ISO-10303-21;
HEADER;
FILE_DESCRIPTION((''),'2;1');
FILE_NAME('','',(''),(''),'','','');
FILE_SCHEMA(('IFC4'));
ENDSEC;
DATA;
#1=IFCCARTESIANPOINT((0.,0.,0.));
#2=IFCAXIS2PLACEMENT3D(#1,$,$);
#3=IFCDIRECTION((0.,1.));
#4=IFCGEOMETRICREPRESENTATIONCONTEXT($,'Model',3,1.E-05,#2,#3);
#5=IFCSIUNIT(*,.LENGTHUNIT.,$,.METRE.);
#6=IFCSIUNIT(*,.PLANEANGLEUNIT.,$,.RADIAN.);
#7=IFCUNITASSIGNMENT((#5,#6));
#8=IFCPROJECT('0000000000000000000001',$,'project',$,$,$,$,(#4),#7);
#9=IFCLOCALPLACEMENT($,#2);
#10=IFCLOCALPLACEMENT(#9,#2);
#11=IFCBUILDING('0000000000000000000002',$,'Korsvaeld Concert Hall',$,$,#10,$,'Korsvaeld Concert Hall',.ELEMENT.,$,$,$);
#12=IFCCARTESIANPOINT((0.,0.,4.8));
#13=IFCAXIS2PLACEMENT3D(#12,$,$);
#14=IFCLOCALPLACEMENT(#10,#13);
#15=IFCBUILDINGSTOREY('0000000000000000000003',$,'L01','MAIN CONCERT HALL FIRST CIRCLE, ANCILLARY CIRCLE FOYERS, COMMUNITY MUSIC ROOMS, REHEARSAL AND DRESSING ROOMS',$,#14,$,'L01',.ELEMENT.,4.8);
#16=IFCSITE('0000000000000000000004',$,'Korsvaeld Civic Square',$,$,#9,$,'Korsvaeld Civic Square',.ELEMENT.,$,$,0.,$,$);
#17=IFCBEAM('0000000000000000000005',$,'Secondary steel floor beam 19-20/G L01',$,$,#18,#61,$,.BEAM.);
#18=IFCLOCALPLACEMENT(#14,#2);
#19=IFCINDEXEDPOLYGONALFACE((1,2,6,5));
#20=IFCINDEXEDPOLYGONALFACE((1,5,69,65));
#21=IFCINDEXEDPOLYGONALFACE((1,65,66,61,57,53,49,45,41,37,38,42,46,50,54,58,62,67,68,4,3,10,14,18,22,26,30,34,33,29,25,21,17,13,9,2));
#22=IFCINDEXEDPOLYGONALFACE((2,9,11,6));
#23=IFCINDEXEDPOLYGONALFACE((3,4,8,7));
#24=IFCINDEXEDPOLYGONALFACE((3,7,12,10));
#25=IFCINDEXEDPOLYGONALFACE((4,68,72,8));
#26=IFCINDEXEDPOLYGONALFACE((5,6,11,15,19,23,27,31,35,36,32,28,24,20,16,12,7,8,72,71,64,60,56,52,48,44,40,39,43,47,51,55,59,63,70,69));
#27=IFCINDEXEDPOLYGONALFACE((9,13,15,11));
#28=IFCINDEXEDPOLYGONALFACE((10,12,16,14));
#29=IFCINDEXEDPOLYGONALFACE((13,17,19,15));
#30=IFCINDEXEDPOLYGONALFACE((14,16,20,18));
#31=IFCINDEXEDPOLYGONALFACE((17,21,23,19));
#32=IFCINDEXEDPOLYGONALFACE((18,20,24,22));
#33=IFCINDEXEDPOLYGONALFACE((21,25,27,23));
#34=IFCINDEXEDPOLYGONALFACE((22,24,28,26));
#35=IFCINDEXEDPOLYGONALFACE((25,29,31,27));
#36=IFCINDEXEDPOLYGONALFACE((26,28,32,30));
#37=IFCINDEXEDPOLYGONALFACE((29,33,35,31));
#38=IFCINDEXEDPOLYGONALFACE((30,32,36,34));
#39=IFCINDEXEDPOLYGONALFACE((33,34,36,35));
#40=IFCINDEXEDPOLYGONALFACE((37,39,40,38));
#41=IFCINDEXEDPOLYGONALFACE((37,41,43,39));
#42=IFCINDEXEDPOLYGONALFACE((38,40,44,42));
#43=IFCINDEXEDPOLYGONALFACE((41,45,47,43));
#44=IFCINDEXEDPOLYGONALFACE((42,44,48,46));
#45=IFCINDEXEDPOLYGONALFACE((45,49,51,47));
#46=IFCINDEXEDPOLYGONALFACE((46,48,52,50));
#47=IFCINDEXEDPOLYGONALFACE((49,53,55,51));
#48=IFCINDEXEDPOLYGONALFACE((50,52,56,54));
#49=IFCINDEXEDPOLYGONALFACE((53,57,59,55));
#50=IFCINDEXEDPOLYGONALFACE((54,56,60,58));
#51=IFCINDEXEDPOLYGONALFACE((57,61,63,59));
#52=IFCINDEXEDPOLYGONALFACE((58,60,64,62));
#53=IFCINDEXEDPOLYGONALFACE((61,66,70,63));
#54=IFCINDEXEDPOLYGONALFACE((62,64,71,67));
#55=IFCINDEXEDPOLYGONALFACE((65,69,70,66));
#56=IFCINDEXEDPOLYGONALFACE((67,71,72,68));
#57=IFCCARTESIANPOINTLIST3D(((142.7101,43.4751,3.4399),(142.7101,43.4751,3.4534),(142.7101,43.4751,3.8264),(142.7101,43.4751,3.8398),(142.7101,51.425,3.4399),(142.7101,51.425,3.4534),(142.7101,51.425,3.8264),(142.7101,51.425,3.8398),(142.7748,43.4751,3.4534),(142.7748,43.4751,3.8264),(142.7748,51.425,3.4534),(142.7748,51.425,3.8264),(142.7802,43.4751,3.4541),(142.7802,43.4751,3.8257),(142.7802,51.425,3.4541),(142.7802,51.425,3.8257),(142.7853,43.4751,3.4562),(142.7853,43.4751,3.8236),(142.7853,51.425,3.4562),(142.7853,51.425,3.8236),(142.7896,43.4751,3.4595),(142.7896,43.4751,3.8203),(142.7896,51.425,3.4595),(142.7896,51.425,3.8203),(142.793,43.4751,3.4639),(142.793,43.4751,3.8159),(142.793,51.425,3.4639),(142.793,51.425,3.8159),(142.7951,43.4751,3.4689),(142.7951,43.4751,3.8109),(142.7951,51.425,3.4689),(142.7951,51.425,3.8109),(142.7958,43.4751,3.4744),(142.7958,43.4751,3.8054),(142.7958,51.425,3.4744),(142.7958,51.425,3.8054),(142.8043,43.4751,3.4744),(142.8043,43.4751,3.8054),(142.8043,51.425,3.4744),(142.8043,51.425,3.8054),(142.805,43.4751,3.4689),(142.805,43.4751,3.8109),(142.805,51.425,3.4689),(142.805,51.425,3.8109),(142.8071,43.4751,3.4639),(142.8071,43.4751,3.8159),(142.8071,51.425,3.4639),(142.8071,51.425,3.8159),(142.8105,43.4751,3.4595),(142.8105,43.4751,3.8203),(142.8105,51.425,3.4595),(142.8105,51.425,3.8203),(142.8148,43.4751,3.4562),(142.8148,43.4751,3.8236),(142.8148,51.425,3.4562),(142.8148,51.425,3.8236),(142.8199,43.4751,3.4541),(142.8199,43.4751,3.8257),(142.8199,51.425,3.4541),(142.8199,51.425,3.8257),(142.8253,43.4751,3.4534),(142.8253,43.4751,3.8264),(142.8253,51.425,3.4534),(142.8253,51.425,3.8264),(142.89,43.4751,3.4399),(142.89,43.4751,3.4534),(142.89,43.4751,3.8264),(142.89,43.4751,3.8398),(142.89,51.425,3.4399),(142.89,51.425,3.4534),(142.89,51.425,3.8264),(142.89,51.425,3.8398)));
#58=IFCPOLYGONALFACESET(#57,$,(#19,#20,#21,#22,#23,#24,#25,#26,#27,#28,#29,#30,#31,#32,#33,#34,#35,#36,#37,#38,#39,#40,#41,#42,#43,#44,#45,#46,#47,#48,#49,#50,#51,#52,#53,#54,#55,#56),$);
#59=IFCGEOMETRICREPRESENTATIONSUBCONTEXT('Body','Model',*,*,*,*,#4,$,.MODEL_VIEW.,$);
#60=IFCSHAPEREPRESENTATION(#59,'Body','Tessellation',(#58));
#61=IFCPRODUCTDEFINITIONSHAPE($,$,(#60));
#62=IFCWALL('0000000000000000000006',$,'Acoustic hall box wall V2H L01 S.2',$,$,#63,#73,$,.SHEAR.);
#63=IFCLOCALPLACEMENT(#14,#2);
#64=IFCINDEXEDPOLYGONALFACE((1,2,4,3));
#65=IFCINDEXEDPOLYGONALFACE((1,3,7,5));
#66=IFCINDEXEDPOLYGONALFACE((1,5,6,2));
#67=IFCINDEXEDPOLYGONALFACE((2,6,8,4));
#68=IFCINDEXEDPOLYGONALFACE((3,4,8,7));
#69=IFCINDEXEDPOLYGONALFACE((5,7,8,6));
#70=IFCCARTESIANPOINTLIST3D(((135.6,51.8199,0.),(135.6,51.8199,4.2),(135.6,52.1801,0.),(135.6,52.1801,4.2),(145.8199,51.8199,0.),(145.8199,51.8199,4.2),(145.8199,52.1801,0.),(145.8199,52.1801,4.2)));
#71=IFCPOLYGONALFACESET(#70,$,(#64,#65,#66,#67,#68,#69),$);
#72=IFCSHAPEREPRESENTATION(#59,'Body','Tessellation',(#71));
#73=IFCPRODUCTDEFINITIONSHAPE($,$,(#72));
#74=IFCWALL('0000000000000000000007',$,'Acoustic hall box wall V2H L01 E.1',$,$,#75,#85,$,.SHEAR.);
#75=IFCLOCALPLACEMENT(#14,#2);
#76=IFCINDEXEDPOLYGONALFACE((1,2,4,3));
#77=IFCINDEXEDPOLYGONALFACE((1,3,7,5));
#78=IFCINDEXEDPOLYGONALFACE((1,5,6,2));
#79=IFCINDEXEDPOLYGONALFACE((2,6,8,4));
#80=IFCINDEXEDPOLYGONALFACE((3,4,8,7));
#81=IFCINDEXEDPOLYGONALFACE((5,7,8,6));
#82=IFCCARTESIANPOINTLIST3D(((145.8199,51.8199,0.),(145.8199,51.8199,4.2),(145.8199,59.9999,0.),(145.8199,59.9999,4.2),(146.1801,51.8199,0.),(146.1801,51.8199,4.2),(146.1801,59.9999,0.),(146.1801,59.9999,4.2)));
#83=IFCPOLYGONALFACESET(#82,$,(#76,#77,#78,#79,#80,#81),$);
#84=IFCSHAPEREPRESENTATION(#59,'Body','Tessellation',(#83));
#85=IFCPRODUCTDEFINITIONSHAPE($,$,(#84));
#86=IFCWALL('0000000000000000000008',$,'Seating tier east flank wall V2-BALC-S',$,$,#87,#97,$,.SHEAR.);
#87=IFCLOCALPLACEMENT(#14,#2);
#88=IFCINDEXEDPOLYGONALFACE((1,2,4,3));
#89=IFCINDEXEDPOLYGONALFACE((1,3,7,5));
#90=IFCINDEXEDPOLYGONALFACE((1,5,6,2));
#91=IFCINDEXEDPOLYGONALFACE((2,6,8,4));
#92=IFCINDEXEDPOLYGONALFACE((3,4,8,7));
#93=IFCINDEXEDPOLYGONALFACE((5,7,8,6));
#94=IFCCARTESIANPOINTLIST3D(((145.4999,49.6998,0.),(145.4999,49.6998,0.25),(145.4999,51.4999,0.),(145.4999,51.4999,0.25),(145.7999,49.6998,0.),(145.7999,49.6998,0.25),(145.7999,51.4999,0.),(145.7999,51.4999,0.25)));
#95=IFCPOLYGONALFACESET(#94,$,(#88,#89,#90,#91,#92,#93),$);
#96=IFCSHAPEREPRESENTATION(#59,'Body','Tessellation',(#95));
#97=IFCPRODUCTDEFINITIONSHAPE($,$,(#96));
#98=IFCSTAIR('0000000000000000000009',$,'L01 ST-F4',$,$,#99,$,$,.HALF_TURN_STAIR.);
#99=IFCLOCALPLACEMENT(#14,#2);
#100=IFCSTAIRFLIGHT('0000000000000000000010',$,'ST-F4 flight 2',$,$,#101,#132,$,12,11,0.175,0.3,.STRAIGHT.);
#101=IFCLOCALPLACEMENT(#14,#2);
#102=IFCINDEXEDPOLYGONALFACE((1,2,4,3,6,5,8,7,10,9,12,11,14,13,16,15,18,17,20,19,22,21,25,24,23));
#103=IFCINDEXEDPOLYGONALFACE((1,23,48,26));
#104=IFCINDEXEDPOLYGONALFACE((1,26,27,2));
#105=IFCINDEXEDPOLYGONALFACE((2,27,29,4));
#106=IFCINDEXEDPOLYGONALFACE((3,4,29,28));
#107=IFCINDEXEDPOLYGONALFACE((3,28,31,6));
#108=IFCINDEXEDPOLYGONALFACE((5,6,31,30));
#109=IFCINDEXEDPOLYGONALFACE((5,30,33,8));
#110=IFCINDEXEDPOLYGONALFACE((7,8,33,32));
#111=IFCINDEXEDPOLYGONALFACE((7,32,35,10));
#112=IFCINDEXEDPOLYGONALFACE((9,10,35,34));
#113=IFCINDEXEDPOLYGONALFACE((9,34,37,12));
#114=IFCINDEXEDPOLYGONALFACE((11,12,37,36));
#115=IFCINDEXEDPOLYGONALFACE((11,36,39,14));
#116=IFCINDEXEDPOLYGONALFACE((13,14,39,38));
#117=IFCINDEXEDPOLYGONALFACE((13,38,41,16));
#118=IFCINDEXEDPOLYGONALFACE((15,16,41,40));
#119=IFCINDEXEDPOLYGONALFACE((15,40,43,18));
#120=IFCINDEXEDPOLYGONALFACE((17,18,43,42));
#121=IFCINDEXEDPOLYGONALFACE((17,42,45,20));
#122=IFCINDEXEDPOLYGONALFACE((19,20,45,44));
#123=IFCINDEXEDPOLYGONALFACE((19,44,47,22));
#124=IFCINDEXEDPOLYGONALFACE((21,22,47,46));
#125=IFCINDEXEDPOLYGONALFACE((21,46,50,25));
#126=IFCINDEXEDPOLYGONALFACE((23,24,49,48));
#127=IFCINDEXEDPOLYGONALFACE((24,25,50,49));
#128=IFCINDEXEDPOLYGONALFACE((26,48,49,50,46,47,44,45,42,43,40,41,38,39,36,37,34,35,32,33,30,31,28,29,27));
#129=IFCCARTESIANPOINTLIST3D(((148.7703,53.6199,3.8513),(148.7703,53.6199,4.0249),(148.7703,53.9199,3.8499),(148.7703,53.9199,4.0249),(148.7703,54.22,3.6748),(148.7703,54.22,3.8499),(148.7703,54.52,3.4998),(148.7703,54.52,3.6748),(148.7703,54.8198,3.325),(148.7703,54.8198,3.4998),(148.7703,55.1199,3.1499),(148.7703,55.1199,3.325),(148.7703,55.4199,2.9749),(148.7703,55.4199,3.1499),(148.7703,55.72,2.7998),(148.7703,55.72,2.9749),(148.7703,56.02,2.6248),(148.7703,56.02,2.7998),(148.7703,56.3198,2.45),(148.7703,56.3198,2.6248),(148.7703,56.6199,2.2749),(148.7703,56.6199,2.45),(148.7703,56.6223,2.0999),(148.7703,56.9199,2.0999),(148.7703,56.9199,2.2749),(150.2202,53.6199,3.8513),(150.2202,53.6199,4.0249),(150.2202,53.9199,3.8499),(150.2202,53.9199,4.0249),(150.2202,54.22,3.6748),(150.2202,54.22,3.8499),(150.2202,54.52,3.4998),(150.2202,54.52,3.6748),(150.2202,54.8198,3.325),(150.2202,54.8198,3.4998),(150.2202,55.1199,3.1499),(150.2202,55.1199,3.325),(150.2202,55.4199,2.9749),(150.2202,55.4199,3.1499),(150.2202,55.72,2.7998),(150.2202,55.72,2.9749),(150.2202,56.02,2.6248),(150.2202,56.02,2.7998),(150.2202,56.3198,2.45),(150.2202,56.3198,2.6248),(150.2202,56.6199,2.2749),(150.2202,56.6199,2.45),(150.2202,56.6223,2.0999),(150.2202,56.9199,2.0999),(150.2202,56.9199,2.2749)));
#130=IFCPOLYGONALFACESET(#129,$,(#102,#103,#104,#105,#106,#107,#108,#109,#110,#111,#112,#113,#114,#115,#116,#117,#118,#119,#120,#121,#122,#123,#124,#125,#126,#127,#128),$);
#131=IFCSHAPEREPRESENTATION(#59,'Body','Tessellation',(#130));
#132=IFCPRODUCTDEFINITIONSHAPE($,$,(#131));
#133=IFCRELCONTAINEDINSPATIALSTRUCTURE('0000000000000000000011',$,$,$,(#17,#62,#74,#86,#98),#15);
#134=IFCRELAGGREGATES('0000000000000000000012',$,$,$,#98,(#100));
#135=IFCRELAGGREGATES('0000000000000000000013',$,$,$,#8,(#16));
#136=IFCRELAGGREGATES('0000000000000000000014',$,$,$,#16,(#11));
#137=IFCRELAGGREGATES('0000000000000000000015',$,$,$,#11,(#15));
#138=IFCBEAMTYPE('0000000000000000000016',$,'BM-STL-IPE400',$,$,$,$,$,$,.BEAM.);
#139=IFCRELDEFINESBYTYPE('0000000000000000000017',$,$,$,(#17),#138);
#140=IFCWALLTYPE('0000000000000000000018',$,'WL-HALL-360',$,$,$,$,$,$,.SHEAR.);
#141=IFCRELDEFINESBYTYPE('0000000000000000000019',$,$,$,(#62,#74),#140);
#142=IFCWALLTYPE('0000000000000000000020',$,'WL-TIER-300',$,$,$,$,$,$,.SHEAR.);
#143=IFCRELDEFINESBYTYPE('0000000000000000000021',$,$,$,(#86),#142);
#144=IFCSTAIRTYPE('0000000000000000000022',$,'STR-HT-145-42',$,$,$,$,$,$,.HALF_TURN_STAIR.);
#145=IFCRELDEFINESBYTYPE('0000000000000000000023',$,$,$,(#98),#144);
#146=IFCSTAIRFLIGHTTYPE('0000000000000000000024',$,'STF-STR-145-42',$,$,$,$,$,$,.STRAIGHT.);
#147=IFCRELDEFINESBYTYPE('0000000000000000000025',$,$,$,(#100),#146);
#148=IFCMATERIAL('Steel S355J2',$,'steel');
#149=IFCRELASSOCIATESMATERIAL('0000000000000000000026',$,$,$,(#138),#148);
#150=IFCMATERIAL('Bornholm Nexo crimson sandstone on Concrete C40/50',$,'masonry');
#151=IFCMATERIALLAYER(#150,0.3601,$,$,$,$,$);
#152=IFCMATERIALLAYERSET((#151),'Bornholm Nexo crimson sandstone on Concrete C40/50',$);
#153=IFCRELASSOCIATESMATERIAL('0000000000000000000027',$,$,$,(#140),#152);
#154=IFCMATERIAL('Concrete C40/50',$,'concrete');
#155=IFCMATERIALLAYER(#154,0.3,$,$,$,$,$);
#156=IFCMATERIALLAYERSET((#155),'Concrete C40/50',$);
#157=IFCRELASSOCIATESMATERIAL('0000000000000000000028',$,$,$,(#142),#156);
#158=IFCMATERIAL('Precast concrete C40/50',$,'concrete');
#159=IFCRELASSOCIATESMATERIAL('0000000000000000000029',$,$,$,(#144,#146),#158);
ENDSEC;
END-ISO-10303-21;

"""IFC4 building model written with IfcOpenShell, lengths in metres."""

from ifc_helpers import new_model, si_unit, direction, frame, frame_2d, origin, origin_2d, place, context, subcontext, project, spatial, polyline, rectangle, i_section, outline, extrude, material, layer, layer_set, material_profile, profile_set, type_object, element, aggregate, save


model = new_model("IFC4")

# Units and contexts
model_context = context("Model", 3, precision=1e-05, world=origin(), true_north=direction((0.0, 1.0)))
body_context = subcontext(model_context, "Body", "Model", "MODEL_VIEW")
ifc_project = project(units=[si_unit("LENGTHUNIT", "METRE"), si_unit("PLANEANGLEUNIT", "RADIAN")], contexts=[model_context])

# Site, building, storey
site_placement = place(None, origin())
site = spatial("IfcSite", under=ifc_project, at=site_placement, Name="Korsvaeld Civic Square", LongName="Korsvaeld Civic Square", CompositionType="ELEMENT", RefElevation=0.0)
building_placement = place(site_placement, origin())
building = spatial("IfcBuilding", under=site, at=building_placement, Name="Korsvaeld Concert Hall", LongName="Korsvaeld Concert Hall", CompositionType="ELEMENT")
storey_placement = place(building_placement, frame((0.0, 0.0, 4.8)))
storey = spatial("IfcBuildingStorey", under=building, at=storey_placement, Name="L01", Description="MAIN CONCERT HALL FIRST CIRCLE, ANCILLARY CIRCLE FOYERS, COMMUNITY MUSIC ROOMS, REHEARSAL AND DRESSING ROOMS", LongName="L01", CompositionType="ELEMENT", Elevation=4.8)

# Shared definitions
ifc_material_1 = material(Name="Concrete C40/50", Category="concrete")

# Beam
ifc_material_2 = material(Name="Steel S355J2", Category="steel")
ifc_material_profile_1 = material_profile(ifc_material_2, i_section(OverallWidth=0.1799, OverallDepth=0.3999, WebThickness=0.0085, FlangeThickness=0.0134, FilletRadius=0.021, at=origin_2d()), Name="IPE 400")
ifc_profile_set_1 = profile_set([ifc_material_profile_1], Name="Steel S355J2")
beam_type_1 = type_object("IfcBeamType", Name="BM-STL-IPE400", PredefinedType="BEAM", material=ifc_profile_set_1)
beam_1_placement = place(storey_placement, frame((142.8, 43.4751, 3.6399), z_axis=(0.0, 1.0, 0.0), x_axis=(-1.0, 0.0, 0.0)))
element("IfcBeam", 1, at=beam_1_placement, inside=storey, type_object=beam_type_1, Name="Secondary steel floor beam 19-20/G L01", PredefinedType="BEAM", context=body_context, shape_type="SweptSolid", body=[
    extrude(i_section(OverallWidth=0.1799, OverallDepth=0.3999, WebThickness=0.0085, FlangeThickness=0.0134, FilletRadius=0.021, at=origin_2d()), origin(), (0.0, 0.0, 1.0), 7.95),
])

# Walls
ifc_material_3 = material(Name="Bornholm Nexo crimson sandstone on Concrete C40/50", Category="masonry")
ifc_layer_1 = layer(ifc_material_3, 0.3601)
ifc_layer_set_1 = layer_set([ifc_layer_1], Name="Bornholm Nexo crimson sandstone on Concrete C40/50")
wall_type_1 = type_object("IfcWallType", Name="WL-HALL-360", PredefinedType="SHEAR", material=ifc_layer_set_1)
wall_1_placement = place(storey_placement, frame((135.6001, 52.0, 0.0), z_axis=(0.0, 0.0, 1.0), x_axis=(1.0, 0.0, 0.0)))
element("IfcWall", 2, at=wall_1_placement, inside=storey, type_object=wall_type_1, Name="Acoustic hall box wall V2H L01 S.2", PredefinedType="SHEAR", context=body_context, shape_type="SweptSolid", body=[
    extrude(rectangle(XDim=10.22, YDim=0.3601, at=frame_2d((5.1099, 0.0))), origin(), (0.0, 0.0, 1.0), 4.2),
])
wall_2_placement = place(storey_placement, frame((146.0, 51.8201, 0.0), z_axis=(0.0, 0.0, 1.0), x_axis=(0.0, 1.0, 0.0)))
element("IfcWall", 3, at=wall_2_placement, inside=storey, type_object=wall_type_1, Name="Acoustic hall box wall V2H L01 E.1", PredefinedType="SHEAR", context=body_context, shape_type="SweptSolid", body=[
    extrude(rectangle(XDim=8.1799, YDim=0.3601, at=frame_2d((4.0898, 0.0))), origin(), (0.0, 0.0, 1.0), 4.2),
])
ifc_layer_2 = layer(ifc_material_1, 0.3)
ifc_layer_set_2 = layer_set([ifc_layer_2], Name="Concrete C40/50")
wall_type_2 = type_object("IfcWallType", Name="WL-TIER-300", PredefinedType="SHEAR", material=ifc_layer_set_2)
wall_3_placement = place(storey_placement, frame((145.6499, 49.7, 0.0), z_axis=(0.0, 0.0, 1.0), x_axis=(0.0, 1.0, 0.0)))
element("IfcWall", 4, at=wall_3_placement, inside=storey, type_object=wall_type_2, Name="Seating tier east flank wall V2-BALC-S", PredefinedType="SHEAR", context=body_context, shape_type="SweptSolid", body=[
    extrude(rectangle(XDim=1.8, YDim=0.3, at=frame_2d((0.8999, 0.0))), origin(), (0.0, 0.0, 1.0), 0.25),
])

# Stair, stair flight
ifc_material_4 = material(Name="Precast concrete C40/50", Category="concrete")
stair_type = type_object("IfcStairType", Name="STR-HT-145-42", PredefinedType="HALF_TURN_STAIR", material=ifc_material_4)
stair_placement = place(storey_placement, origin())
stair = element("IfcStair", 5, at=stair_placement, inside=storey, type_object=stair_type, Name="L01 ST-F4", PredefinedType="HALF_TURN_STAIR")
stair_flight_type = type_object("IfcStairFlightType", Name="STF-STR-145-42", PredefinedType="STRAIGHT", material=ifc_material_4)
stair_flight_placement = place(storey_placement, frame((149.4951, 56.9199, 2.0999), z_axis=(0.0, 0.0, 1.0), x_axis=(0.0, -1.0, 0.0)))
stair_flight = element("IfcStairFlight", 6, at=stair_flight_placement, type_object=stair_flight_type, Name="ST-F4 flight 2", NumberOfRisers=12, NumberOfTreads=11, PredefinedType="STRAIGHT", RiserHeight=0.175, TreadLength=0.3, context=body_context, shape_type="SweptSolid", body=[
    extrude(outline(polyline([(0.0, 0.0), (0.0, 0.175), (0.3, 0.175), (0.3, 0.3501), (0.6001, 0.3501), (0.6001, 0.5249), (0.8999, 0.5249), (0.8999, 0.7), (1.2, 0.7), (1.2, 0.875), (1.5, 0.875), (1.5, 1.05), (1.8, 1.05), (1.8, 1.2251), (2.1001, 1.2251), (2.1001, 1.3999), (2.3999, 1.3999), (2.3999, 1.575), (2.7, 1.575), (2.7, 1.75), (3.0, 1.75), (3.0, 1.925), (3.3, 1.925), (3.3, 2.1001), (3.3, 1.7515), (0.2976, 0.0), (0.0, 0.0)])), frame((0.0, 0.7251, 0.0), z_axis=(0.0, -1.0, 0.0), x_axis=(1.0, 0.0, 0.0)), (0.0, 0.0, 1.0), 1.45),
])
aggregate(stair, [stair_flight])

save(model, "model.ifc")
